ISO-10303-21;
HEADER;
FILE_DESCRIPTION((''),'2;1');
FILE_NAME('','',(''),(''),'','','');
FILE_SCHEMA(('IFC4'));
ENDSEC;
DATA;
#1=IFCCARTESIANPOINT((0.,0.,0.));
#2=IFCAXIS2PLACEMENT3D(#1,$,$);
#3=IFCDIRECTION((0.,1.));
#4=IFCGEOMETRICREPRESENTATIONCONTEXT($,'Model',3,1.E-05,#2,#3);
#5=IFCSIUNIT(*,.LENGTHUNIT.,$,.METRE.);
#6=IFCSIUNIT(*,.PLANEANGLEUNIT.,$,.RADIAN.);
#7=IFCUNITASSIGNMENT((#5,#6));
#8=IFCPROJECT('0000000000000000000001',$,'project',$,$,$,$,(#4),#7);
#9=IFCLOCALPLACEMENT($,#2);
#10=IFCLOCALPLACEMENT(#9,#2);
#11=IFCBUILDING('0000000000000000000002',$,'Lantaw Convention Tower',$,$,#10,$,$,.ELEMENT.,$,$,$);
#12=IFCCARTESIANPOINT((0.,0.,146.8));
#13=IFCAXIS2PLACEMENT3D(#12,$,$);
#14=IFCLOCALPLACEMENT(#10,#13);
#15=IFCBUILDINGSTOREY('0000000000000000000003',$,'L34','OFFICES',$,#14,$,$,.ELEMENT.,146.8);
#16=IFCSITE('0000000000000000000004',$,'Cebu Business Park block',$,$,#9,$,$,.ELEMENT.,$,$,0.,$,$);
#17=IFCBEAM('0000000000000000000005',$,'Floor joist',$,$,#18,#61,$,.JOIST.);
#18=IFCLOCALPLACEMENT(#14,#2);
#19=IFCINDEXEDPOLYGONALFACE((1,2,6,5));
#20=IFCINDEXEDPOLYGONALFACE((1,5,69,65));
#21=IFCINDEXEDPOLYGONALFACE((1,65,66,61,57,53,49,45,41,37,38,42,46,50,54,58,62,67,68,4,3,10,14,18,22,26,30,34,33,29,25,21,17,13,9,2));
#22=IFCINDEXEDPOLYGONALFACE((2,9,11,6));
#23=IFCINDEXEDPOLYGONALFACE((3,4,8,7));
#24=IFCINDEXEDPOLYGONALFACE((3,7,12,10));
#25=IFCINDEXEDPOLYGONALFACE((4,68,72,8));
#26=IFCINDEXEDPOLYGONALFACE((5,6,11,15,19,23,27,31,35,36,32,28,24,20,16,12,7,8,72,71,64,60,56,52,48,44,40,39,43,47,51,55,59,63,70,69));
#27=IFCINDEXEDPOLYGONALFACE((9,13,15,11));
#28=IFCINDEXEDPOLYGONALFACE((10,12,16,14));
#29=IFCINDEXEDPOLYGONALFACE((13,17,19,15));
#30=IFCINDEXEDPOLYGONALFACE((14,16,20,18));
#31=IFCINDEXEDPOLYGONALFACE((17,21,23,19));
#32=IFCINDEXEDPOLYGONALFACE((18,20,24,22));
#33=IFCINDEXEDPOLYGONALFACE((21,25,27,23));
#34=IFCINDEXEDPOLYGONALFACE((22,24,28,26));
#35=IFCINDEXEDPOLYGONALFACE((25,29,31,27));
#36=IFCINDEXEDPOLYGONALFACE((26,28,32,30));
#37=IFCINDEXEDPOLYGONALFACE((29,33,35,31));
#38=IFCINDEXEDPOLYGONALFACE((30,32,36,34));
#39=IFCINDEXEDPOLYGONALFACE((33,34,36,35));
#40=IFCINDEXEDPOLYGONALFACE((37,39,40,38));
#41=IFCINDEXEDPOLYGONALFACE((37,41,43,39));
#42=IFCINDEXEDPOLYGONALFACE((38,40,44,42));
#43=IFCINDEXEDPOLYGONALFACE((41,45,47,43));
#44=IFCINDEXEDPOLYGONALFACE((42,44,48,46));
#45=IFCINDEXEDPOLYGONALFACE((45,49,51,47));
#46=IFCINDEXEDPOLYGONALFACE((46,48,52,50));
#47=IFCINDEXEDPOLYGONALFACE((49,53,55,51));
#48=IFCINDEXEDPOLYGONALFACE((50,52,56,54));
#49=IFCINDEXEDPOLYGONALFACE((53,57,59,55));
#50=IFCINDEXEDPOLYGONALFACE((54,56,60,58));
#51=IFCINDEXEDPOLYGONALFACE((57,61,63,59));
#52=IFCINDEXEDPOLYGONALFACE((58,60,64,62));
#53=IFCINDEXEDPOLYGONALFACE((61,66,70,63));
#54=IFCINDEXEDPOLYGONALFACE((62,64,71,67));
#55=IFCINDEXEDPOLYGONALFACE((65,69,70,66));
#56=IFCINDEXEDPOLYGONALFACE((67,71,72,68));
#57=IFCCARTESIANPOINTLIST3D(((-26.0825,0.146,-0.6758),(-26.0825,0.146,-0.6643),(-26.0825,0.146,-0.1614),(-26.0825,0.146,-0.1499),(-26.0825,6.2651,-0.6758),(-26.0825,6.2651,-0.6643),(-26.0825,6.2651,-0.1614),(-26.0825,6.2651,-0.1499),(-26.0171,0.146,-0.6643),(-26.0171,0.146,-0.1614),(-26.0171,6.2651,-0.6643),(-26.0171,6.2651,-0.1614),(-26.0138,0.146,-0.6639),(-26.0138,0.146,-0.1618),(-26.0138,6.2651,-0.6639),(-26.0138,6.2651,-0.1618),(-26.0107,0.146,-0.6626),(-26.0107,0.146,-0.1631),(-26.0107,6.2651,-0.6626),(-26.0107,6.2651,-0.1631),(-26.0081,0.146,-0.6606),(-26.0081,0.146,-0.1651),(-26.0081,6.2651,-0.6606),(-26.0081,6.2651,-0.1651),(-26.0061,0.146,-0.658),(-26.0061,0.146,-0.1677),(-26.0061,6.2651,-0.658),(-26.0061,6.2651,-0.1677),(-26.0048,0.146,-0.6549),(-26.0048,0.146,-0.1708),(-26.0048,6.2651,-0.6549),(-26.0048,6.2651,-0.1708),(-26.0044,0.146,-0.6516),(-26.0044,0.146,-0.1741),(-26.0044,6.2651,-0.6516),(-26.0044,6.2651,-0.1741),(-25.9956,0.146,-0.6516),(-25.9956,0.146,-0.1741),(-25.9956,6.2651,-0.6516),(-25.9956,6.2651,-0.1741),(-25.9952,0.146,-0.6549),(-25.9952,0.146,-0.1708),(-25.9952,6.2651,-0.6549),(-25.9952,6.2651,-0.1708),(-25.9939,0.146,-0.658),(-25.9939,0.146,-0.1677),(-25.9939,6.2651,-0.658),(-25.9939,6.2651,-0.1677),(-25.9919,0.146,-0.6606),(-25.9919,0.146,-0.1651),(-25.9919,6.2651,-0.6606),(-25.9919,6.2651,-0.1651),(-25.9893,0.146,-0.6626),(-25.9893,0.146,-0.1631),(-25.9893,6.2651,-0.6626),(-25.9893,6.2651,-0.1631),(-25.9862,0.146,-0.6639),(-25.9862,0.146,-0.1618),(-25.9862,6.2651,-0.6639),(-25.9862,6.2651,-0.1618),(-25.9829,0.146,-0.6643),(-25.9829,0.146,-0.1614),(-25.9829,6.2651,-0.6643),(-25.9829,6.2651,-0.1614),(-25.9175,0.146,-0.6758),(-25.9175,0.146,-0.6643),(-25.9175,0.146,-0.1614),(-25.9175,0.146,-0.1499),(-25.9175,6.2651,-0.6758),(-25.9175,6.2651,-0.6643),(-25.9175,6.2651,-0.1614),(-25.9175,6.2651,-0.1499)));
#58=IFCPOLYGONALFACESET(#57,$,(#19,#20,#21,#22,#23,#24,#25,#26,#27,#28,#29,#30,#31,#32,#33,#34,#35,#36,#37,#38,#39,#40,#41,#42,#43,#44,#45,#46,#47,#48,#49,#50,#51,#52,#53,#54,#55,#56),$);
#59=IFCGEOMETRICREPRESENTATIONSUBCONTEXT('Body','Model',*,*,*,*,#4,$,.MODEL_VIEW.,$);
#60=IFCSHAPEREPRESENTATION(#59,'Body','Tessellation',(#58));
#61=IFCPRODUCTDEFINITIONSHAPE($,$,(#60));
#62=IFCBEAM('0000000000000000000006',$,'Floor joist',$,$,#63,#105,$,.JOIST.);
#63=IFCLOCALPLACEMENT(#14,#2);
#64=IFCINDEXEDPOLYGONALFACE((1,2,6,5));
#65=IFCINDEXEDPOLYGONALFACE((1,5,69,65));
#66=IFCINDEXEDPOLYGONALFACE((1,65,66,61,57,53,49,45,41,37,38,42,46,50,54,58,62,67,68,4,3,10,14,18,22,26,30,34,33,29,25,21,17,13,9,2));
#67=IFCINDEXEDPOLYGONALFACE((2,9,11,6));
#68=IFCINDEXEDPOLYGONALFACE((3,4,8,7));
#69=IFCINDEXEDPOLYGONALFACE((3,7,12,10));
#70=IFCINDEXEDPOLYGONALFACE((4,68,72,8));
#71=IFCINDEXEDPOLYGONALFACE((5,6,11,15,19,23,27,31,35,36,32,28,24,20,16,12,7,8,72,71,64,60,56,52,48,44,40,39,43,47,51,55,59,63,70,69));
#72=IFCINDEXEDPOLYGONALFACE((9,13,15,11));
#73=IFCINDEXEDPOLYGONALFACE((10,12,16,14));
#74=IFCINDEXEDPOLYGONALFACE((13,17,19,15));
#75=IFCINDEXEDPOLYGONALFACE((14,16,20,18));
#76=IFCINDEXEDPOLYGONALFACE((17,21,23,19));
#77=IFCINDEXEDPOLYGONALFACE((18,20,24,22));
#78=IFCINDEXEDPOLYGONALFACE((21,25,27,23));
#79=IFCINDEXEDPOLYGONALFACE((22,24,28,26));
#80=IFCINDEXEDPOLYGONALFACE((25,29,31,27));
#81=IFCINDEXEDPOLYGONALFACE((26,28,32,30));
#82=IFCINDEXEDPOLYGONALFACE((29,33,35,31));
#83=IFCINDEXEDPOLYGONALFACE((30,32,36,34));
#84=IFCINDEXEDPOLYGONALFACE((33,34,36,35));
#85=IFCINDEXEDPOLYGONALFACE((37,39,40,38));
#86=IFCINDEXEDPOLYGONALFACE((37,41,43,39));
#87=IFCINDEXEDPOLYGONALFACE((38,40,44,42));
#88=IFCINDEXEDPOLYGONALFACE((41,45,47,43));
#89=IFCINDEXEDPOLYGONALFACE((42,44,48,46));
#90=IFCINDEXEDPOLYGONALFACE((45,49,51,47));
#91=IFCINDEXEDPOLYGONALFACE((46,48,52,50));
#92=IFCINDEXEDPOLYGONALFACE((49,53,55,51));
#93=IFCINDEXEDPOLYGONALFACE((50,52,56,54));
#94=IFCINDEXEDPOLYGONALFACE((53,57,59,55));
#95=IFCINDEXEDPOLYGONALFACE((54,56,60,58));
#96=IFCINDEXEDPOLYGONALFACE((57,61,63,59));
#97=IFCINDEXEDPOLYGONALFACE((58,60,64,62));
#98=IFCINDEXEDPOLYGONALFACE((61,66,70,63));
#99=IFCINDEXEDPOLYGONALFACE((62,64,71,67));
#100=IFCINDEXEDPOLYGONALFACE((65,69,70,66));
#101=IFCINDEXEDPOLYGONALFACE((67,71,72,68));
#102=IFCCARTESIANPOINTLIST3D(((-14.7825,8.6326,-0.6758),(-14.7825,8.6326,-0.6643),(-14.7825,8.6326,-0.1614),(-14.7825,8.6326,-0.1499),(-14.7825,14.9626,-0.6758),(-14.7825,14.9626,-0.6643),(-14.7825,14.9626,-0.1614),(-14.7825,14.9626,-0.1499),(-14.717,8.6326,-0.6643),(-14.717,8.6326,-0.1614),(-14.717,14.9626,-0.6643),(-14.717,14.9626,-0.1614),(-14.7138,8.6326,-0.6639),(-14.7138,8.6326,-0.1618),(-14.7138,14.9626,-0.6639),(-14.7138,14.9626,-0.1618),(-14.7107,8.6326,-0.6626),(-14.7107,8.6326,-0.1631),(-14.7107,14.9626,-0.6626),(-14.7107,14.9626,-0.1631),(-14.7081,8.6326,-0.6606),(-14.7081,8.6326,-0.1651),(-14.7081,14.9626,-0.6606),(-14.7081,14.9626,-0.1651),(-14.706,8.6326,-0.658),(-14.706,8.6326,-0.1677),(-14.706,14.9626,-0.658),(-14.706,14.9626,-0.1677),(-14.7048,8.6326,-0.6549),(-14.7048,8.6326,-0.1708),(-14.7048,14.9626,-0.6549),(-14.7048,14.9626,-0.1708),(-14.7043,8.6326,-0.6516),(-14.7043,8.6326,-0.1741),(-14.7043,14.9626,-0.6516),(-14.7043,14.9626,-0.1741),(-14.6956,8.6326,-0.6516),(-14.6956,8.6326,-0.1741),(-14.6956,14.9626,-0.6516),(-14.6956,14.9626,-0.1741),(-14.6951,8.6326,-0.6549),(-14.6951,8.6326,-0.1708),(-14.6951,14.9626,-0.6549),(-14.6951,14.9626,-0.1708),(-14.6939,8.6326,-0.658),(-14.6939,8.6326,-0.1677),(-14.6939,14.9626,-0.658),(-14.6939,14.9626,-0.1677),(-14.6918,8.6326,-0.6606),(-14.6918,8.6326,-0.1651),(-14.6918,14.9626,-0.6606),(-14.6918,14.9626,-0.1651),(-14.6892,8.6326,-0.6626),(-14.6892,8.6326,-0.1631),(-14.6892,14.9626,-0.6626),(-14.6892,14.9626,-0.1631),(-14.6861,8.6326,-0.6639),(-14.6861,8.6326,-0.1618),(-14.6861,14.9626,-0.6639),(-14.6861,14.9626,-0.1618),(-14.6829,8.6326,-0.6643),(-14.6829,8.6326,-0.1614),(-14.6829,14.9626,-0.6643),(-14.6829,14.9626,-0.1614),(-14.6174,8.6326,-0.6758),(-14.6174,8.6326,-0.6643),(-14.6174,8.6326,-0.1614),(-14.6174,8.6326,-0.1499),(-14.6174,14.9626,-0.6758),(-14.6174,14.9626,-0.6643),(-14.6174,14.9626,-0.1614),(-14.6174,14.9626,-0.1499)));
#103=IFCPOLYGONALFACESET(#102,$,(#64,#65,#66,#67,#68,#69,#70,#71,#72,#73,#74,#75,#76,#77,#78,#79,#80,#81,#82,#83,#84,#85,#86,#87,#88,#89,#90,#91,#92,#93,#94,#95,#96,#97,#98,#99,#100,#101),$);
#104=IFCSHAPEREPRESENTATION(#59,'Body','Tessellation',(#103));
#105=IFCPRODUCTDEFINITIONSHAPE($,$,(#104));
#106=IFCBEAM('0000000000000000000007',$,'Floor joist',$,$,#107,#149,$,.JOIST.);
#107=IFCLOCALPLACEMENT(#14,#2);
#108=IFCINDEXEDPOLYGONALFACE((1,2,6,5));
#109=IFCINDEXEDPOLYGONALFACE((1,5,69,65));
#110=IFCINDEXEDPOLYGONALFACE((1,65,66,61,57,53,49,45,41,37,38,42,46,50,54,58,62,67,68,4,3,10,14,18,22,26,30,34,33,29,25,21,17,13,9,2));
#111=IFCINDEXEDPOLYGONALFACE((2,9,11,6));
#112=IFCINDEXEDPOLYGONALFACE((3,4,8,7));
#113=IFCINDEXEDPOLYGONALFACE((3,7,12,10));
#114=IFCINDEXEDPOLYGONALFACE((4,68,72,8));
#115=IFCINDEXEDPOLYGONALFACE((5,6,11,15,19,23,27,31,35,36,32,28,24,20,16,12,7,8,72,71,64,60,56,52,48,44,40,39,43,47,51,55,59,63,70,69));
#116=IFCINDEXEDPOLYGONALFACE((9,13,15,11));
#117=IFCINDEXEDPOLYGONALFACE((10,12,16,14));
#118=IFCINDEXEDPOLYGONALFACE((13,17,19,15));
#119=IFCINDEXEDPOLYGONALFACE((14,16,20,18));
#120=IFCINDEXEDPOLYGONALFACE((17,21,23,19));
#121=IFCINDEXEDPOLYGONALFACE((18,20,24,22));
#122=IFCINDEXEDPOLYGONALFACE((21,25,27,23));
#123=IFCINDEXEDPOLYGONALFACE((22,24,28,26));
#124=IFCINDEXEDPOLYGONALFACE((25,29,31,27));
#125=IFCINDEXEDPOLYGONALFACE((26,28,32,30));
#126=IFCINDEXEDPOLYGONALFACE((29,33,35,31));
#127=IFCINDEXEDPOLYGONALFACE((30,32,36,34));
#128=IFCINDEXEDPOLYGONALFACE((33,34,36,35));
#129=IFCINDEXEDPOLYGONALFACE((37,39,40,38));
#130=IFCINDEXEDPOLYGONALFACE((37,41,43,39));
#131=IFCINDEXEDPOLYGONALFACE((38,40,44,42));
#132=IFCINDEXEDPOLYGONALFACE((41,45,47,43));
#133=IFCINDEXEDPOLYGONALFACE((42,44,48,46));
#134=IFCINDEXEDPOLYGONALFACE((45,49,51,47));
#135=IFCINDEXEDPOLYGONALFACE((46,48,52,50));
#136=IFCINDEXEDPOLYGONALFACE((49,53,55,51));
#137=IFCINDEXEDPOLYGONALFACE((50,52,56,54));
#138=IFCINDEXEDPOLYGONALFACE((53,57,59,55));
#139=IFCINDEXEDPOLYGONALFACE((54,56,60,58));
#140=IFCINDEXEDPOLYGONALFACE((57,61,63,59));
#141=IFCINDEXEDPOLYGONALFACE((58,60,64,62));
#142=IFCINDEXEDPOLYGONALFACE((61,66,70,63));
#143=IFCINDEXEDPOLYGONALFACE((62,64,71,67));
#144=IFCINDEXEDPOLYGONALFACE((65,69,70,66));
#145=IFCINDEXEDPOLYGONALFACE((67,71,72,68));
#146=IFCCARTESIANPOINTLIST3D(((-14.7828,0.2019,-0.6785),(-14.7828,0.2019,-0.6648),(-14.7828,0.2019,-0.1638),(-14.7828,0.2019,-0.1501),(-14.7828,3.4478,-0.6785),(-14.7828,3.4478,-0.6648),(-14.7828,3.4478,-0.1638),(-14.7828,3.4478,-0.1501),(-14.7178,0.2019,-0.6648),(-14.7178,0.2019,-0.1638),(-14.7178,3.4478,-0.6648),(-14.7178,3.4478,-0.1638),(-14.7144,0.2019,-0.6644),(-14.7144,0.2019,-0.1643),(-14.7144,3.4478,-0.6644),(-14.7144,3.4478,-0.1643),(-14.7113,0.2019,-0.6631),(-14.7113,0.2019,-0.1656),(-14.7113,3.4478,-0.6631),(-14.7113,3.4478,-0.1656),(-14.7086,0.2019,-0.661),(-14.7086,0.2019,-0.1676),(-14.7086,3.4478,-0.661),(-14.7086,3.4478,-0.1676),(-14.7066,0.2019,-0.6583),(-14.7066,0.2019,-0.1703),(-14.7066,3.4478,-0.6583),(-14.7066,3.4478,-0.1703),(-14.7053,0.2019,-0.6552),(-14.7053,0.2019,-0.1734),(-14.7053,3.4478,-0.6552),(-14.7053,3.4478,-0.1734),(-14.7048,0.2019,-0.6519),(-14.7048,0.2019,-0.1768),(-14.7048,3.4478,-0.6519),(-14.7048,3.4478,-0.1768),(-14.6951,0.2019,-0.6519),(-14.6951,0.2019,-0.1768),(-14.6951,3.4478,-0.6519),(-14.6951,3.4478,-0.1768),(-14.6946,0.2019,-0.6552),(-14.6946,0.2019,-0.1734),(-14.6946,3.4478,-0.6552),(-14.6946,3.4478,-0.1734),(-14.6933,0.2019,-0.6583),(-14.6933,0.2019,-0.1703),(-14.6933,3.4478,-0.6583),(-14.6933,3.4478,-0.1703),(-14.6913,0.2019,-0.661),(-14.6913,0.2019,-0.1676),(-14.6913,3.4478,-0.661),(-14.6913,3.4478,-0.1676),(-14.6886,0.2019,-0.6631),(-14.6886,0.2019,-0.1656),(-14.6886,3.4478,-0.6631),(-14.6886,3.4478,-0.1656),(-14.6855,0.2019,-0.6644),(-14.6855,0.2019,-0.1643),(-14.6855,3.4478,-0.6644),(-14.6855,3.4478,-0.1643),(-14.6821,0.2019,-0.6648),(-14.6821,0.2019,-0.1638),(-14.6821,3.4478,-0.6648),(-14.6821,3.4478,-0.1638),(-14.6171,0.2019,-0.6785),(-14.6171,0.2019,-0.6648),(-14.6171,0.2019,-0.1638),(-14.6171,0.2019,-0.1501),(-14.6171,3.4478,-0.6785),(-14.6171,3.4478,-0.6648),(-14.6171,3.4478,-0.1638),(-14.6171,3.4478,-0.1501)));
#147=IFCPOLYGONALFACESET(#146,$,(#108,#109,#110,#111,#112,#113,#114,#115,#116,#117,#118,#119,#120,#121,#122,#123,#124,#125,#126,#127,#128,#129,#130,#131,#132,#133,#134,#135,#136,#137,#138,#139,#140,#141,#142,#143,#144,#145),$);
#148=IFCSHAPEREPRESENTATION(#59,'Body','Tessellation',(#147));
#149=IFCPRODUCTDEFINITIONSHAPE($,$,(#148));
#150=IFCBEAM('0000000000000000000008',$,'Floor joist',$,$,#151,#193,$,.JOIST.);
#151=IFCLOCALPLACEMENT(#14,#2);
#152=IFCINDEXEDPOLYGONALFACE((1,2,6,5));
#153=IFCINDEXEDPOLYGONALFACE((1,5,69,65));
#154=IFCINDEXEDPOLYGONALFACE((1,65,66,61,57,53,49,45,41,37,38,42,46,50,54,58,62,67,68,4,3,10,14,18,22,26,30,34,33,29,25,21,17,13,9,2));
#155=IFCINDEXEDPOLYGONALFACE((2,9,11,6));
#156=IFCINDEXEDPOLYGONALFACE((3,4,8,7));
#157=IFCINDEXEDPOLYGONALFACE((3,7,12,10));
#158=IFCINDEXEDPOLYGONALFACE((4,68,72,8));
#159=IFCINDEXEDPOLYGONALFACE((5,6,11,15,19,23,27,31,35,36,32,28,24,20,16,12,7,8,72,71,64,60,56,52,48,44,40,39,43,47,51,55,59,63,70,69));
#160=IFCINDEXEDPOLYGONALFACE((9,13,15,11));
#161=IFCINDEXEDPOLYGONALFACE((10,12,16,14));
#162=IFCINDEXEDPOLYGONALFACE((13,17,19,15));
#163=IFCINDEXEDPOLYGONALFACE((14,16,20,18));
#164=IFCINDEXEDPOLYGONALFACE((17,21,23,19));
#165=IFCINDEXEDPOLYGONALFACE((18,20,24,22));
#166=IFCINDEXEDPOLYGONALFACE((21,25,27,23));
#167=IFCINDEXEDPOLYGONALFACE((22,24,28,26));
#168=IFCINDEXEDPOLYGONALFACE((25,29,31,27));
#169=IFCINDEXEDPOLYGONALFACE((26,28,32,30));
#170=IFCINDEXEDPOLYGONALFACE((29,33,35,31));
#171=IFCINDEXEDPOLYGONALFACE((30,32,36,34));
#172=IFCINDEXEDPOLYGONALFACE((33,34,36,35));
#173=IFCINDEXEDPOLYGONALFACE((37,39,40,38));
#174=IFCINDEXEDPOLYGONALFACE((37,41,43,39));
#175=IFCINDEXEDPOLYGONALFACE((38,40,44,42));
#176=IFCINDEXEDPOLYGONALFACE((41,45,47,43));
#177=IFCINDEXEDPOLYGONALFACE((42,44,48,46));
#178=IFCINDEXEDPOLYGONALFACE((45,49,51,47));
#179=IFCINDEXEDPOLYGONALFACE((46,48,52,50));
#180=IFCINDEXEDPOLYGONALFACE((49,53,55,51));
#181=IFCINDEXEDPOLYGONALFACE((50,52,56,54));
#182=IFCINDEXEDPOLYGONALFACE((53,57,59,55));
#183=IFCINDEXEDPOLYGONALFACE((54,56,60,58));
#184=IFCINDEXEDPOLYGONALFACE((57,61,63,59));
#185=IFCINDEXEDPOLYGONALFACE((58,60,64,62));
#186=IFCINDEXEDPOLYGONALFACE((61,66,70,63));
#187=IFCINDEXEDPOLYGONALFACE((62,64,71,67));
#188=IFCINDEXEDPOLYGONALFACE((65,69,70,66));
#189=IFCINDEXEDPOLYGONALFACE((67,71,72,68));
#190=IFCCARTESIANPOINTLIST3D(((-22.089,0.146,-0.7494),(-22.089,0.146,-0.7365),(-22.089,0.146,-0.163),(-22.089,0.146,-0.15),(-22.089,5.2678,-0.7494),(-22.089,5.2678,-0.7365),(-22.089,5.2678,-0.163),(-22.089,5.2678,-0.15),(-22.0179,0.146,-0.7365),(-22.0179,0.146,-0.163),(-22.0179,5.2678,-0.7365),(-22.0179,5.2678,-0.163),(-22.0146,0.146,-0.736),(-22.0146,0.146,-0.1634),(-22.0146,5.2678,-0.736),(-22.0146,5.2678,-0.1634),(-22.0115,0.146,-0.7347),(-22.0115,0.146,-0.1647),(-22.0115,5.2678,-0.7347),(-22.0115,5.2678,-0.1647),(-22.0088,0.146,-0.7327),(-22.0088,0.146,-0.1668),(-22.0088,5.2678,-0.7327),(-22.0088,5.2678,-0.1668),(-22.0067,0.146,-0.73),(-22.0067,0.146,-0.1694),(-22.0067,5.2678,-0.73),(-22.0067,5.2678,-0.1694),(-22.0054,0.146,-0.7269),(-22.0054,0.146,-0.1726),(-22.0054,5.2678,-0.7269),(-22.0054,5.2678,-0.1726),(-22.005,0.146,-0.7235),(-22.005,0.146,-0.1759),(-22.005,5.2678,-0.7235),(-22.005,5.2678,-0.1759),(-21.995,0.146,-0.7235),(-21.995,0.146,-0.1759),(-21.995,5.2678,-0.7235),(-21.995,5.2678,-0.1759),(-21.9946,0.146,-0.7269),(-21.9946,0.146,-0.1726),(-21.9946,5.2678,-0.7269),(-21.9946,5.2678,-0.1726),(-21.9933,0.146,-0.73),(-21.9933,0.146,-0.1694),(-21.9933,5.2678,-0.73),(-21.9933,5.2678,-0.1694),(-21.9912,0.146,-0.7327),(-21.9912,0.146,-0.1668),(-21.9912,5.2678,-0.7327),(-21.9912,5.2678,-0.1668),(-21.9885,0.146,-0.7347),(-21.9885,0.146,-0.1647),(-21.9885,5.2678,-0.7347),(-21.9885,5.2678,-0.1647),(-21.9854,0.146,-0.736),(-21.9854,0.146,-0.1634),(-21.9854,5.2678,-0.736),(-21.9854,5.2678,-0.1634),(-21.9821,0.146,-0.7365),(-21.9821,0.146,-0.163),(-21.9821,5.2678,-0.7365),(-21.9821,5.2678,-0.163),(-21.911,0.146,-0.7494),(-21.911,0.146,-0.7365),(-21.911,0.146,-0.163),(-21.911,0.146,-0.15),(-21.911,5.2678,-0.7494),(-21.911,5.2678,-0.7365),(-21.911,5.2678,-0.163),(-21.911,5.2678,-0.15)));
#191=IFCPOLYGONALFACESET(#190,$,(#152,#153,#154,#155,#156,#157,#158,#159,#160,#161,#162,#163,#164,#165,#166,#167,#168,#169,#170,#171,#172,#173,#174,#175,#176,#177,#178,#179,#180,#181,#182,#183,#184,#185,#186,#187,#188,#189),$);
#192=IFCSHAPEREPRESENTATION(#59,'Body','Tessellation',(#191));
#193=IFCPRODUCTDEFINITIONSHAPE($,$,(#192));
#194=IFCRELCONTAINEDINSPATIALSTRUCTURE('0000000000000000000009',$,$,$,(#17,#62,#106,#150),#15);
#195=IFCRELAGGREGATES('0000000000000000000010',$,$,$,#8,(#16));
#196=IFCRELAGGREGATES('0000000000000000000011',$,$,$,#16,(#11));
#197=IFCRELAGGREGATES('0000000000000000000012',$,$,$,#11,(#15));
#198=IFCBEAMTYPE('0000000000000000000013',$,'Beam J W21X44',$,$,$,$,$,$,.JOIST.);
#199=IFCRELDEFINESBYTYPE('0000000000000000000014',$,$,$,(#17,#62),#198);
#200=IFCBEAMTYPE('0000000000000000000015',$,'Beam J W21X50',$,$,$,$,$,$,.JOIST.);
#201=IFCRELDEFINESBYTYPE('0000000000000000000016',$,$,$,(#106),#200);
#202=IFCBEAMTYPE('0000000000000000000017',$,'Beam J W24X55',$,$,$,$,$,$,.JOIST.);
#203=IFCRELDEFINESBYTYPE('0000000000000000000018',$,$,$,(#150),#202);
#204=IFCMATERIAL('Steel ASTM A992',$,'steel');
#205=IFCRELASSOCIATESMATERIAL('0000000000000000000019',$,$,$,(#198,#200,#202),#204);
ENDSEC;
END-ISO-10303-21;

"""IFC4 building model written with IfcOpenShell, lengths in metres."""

from ifc_helpers import new_model, si_unit, direction, frame, origin, origin_2d, place, context, subcontext, project, spatial, i_section, extrude, material, material_profile, profile_set, type_object, element, save


model = new_model("IFC4")

# Units and contexts
model_context = context("Model", 3, precision=1e-05, world=origin(), true_north=direction((0.0, 1.0)))
body_context = subcontext(model_context, "Body", "Model", "MODEL_VIEW")
ifc_project = project(units=[si_unit("LENGTHUNIT", "METRE"), si_unit("PLANEANGLEUNIT", "RADIAN")], contexts=[model_context])

# Site, building, storey
site_placement = place(None, origin())
site = spatial("IfcSite", under=ifc_project, at=site_placement, Name="Cebu Business Park block", CompositionType="ELEMENT", RefElevation=0.0)
building_placement = place(site_placement, origin())
building = spatial("IfcBuilding", under=site, at=building_placement, Name="Lantaw Convention Tower", CompositionType="ELEMENT")
storey_placement = place(building_placement, frame((0.0, 0.0, 146.8)))
storey = spatial("IfcBuildingStorey", under=building, at=storey_placement, Name="L34", Description="OFFICES", CompositionType="ELEMENT", Elevation=146.8)

# Beams
ifc_material_1 = material(Name="Steel ASTM A992", Category="steel")
ifc_material_profile_1 = material_profile(ifc_material_1, i_section(OverallWidth=0.165, OverallDepth=0.5259, WebThickness=0.0088, FlangeThickness=0.0115, FilletRadius=0.0127, at=origin_2d()), Name="W21X44")
ifc_profile_set_1 = profile_set([ifc_material_profile_1], Name="Steel ASTM A992")
beam_type_1 = type_object("IfcBeamType", Name="Beam J W21X44", PredefinedType="JOIST", material=ifc_profile_set_1)
beam_1_placement = place(storey_placement, frame((-26.0, 0.146, -0.4128), z_axis=(0.0, 1.0, 0.0), x_axis=(-1.0, 0.0, 0.0)))
element("IfcBeam", 1, at=beam_1_placement, inside=storey, type_object=beam_type_1, Name="Floor joist", PredefinedType="JOIST", context=body_context, shape_type="SweptSolid", body=[
    extrude(i_section(OverallWidth=0.165, OverallDepth=0.5259, WebThickness=0.0088, FlangeThickness=0.0115, FilletRadius=0.0127, at=origin_2d()), origin(), (0.0, 0.0, 1.0), 6.1191),
])
beam_2_placement = place(storey_placement, frame((-14.7, 8.6326, -0.4128), z_axis=(0.0, 1.0, 0.0), x_axis=(-1.0, 0.0, 0.0)))
element("IfcBeam", 2, at=beam_2_placement, inside=storey, type_object=beam_type_1, Name="Floor joist", PredefinedType="JOIST", context=body_context, shape_type="SweptSolid", body=[
    extrude(i_section(OverallWidth=0.165, OverallDepth=0.5259, WebThickness=0.0088, FlangeThickness=0.0115, FilletRadius=0.0127, at=origin_2d()), origin(), (0.0, 0.0, 1.0), 6.3301),
])
ifc_material_profile_2 = material_profile(ifc_material_1, i_section(OverallWidth=0.1658, OverallDepth=0.5283, WebThickness=0.0098, FlangeThickness=0.0137, FilletRadius=0.0129, at=origin_2d()), Name="W21X50")
ifc_profile_set_2 = profile_set([ifc_material_profile_2], Name="Steel ASTM A992")
beam_type_2 = type_object("IfcBeamType", Name="Beam J W21X50", PredefinedType="JOIST", material=ifc_profile_set_2)
beam_3_placement = place(storey_placement, frame((-14.7, 0.2019, -0.4143), z_axis=(0.0, 1.0, 0.0), x_axis=(-1.0, 0.0, 0.0)))
element("IfcBeam", 3, at=beam_3_placement, inside=storey, type_object=beam_type_2, Name="Floor joist", PredefinedType="JOIST", context=body_context, shape_type="SweptSolid", body=[
    extrude(i_section(OverallWidth=0.1658, OverallDepth=0.5283, WebThickness=0.0098, FlangeThickness=0.0137, FilletRadius=0.0129, at=origin_2d()), origin(), (0.0, 0.0, 1.0), 3.2458),
])
ifc_material_profile_3 = material_profile(ifc_material_1, i_section(OverallWidth=0.178, OverallDepth=0.5994, WebThickness=0.01, FlangeThickness=0.0129, FilletRadius=0.0129, at=origin_2d()), Name="W24X55")
ifc_profile_set_3 = profile_set([ifc_material_profile_3], Name="Steel ASTM A992")
beam_type_3 = type_object("IfcBeamType", Name="Beam J W24X55", PredefinedType="JOIST", material=ifc_profile_set_3)
beam_4_placement = place(storey_placement, frame((-22.0, 0.146, -0.4497), z_axis=(0.0, 1.0, 0.0), x_axis=(-1.0, 0.0, 0.0)))
element("IfcBeam", 4, at=beam_4_placement, inside=storey, type_object=beam_type_3, Name="Floor joist", PredefinedType="JOIST", context=body_context, shape_type="SweptSolid", body=[
    extrude(i_section(OverallWidth=0.178, OverallDepth=0.5994, WebThickness=0.01, FlangeThickness=0.0129, FilletRadius=0.0129, at=origin_2d()), origin(), (0.0, 0.0, 1.0), 5.1218),
])

save(model, "model.ifc")
